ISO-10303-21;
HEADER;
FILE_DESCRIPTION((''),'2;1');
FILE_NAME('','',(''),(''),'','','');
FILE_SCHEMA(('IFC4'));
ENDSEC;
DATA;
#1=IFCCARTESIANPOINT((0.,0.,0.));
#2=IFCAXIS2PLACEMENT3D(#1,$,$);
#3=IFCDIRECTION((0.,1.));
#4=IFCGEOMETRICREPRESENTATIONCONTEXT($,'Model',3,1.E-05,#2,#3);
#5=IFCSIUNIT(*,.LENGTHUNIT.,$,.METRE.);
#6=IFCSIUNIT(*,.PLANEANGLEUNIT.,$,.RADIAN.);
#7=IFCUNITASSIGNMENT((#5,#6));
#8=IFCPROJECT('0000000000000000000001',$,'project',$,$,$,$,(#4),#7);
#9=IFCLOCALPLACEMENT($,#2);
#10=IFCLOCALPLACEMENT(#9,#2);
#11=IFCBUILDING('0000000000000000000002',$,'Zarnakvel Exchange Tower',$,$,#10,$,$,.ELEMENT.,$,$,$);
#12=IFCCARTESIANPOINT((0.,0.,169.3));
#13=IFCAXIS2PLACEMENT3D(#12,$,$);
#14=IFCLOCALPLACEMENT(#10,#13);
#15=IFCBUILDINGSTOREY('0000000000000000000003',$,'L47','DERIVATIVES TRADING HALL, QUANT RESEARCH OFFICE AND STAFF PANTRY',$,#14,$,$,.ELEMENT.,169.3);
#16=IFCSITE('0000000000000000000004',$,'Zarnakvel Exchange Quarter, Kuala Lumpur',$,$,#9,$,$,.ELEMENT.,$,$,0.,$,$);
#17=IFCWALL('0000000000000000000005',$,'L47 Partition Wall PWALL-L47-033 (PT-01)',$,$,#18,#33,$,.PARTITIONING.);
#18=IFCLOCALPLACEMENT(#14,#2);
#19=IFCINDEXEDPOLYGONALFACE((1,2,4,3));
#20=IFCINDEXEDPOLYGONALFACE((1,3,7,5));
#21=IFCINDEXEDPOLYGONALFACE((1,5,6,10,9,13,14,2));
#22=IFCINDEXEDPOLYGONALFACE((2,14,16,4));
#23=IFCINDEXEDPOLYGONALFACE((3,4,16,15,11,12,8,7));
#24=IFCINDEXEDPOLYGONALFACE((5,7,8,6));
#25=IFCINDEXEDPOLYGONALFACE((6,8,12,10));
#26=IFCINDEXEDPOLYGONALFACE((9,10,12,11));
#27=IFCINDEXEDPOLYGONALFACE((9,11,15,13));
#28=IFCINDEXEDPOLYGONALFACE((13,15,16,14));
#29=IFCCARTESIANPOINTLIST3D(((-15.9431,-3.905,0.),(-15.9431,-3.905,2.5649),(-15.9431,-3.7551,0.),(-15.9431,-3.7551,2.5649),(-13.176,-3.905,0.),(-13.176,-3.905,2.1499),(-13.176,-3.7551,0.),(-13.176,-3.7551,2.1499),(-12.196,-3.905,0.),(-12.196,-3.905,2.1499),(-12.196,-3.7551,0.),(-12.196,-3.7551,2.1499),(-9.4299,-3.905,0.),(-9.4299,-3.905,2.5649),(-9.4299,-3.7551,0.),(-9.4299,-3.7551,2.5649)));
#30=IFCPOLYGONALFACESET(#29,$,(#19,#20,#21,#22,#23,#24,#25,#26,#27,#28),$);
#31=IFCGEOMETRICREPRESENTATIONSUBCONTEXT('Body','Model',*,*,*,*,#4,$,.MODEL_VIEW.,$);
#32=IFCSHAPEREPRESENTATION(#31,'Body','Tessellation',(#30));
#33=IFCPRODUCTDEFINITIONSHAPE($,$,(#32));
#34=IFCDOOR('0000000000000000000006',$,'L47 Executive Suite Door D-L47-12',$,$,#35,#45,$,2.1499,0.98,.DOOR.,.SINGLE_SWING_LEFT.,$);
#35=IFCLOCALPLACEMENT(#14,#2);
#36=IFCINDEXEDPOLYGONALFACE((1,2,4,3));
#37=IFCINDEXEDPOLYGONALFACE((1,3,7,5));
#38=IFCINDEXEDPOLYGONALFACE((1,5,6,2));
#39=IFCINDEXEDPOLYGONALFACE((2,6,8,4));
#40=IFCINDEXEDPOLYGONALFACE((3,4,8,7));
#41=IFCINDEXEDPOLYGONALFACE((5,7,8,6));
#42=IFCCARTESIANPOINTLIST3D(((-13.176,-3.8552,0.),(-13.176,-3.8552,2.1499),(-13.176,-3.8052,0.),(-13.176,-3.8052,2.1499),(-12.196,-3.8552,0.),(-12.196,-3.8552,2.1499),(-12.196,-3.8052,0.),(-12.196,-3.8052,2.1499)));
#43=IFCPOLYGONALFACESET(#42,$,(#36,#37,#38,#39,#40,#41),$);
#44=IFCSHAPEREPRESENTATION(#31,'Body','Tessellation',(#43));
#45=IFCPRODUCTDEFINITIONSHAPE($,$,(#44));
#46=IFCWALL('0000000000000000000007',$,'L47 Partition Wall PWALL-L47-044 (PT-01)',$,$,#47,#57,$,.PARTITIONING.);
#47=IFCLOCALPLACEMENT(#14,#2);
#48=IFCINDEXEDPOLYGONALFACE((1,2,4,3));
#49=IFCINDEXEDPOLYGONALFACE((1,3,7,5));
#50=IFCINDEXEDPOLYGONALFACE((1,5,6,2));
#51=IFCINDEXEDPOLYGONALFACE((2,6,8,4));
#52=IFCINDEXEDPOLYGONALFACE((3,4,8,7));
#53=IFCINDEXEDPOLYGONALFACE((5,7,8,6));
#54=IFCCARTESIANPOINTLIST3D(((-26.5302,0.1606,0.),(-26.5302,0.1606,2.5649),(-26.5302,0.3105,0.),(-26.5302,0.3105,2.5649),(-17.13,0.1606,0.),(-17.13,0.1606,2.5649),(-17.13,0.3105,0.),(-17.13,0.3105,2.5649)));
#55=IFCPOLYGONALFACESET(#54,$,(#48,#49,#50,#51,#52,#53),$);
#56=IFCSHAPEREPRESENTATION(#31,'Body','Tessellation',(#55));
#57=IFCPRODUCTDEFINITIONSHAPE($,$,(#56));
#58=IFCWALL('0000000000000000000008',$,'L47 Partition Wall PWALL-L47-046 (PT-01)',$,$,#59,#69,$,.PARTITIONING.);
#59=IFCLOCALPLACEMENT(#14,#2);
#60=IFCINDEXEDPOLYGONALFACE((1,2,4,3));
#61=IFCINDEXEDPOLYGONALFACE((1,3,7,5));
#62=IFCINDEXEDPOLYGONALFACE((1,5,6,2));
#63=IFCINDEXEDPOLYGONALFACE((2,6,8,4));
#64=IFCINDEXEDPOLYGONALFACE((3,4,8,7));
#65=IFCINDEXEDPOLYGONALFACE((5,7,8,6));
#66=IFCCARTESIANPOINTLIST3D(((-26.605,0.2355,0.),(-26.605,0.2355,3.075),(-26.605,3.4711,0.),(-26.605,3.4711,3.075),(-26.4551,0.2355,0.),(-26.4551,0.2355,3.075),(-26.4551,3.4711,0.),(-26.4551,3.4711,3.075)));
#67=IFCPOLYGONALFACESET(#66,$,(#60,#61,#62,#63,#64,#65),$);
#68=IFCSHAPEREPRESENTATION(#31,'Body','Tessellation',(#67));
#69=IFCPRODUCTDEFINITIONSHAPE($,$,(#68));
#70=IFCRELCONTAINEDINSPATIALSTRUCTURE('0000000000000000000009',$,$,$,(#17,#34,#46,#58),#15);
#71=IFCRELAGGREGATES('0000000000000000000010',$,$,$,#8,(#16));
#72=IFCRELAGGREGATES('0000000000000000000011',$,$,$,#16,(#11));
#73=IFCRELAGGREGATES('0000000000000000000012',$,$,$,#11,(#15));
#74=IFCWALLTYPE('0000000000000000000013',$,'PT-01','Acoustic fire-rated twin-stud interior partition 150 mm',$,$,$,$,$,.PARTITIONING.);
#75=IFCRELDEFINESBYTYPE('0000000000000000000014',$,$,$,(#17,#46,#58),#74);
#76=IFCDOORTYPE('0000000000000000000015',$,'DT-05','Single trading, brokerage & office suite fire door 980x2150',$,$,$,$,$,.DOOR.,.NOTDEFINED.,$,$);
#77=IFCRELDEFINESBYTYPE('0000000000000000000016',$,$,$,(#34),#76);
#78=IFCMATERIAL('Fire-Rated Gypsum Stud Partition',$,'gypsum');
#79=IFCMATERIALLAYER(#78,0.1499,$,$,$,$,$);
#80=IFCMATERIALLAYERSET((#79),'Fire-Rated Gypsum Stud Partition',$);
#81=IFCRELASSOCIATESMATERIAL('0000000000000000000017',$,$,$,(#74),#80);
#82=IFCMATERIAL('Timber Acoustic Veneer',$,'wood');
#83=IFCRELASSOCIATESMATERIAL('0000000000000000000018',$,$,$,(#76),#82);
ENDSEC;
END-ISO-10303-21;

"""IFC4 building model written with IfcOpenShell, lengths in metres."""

from ifc_helpers import new_model, si_unit, direction, frame, frame_2d, origin, place, context, subcontext, project, spatial, rectangle, extrude, source, transform, mapped, material, layer, layer_set, type_object, element, fill, save


model = new_model("IFC4")

# Units and contexts
model_context = context("Model", 3, precision=1e-05, world=origin(), true_north=direction((0.0, 1.0)))
body_context = subcontext(model_context, "Body", "Model", "MODEL_VIEW")
ifc_project = project(units=[si_unit("LENGTHUNIT", "METRE"), si_unit("PLANEANGLEUNIT", "RADIAN")], contexts=[model_context])

# Site, building, storey
site_placement = place(None, origin())
site = spatial("IfcSite", under=ifc_project, at=site_placement, Name="Zarnakvel Exchange Quarter, Kuala Lumpur", CompositionType="ELEMENT", RefElevation=0.0)
building_placement = place(site_placement, origin())
building = spatial("IfcBuilding", under=site, at=building_placement, Name="Zarnakvel Exchange Tower", CompositionType="ELEMENT")
storey_placement = place(building_placement, frame((0.0, 0.0, 169.3)))
storey = spatial("IfcBuildingStorey", under=building, at=storey_placement, Name="L47", Description="DERIVATIVES TRADING HALL, QUANT RESEARCH OFFICE AND STAFF PANTRY", CompositionType="ELEMENT", Elevation=169.3)

# Shared definitions
ifc_material_1 = material(Name="Fire-Rated Gypsum Stud Partition", Category="gypsum")
ifc_layer_1 = layer(ifc_material_1, 0.1499)
ifc_layer_set_1 = layer_set([ifc_layer_1], Name="Fire-Rated Gypsum Stud Partition")
wall_type = type_object("IfcWallType", Name="PT-01", Description="Acoustic fire-rated twin-stud interior partition 150 mm", PredefinedType="PARTITIONING", material=ifc_layer_set_1)
ifc_material_2 = material(Name="Timber Acoustic Veneer", Category="wood")
door_type = type_object("IfcDoorType", Name="DT-05", Description="Single trading, brokerage & office suite fire door 980x2150", OperationType="NOTDEFINED", PredefinedType="DOOR", material=ifc_material_2)
shared_shape_1 = source(origin(), body_context, "Body", "SweptSolid", [
    extrude(rectangle(XDim=0.98, YDim=2.1499, at=frame_2d((0.49, 1.075))), frame((0.0, 0.0249, 0.0), z_axis=(0.0, -1.0, 0.0), x_axis=(1.0, 0.0, 0.0)), (0.0, 0.0, 1.0), 0.05),
])

# Wall, opening, door
wall_1_placement = place(storey_placement, frame((-15.9431, -3.8301, 0.0), z_axis=(0.0, 0.0, 1.0), x_axis=(1.0, 0.0, 0.0)))
wall_1 = element("IfcWall", 1, at=wall_1_placement, inside=storey, type_object=wall_type, Name="L47 Partition Wall PWALL-L47-033 (PT-01)", PredefinedType="PARTITIONING", context=body_context, shape_type="SweptSolid", body=[
    extrude(rectangle(XDim=6.5132, YDim=0.1499, at=frame_2d((3.2566, 0.0))), origin(), (0.0, 0.0, 1.0), 2.5649),
])
opening_1_placement = place(wall_1_placement, frame((2.7671, 0.0, 0.0)))
opening_1 = element("IfcOpeningElement", 2, at=opening_1_placement, cuts=wall_1, PredefinedType="OPENING", context=body_context, shape_type="SweptSolid", body=[
    extrude(rectangle(XDim=0.98, YDim=2.1499, at=frame_2d((0.49, 1.075))), frame((0.0, 0.085, 0.0), z_axis=(0.0, -1.0, 0.0), x_axis=(1.0, 0.0, 0.0)), (0.0, 0.0, 1.0), 0.1699),
])
door_1_placement = place(opening_1_placement, origin())
door_1 = element("IfcDoor", 3, at=door_1_placement, inside=storey, type_object=door_type, Name="L47 Executive Suite Door D-L47-12", OperationType="SINGLE_SWING_LEFT", OverallHeight=2.1499, OverallWidth=0.98, PredefinedType="DOOR", context=body_context, shape_type="MappedRepresentation", body=[
    mapped(shared_shape_1, transform((0.0, 0.0, 0.0), x_axis=(1.0, 0.0, 0.0), y_axis=(0.0, 1.0, 0.0), z_axis=(0.0, 0.0, 1.0), scale=1.0)),
])
fill(opening_1, door_1)

# Walls
wall_2_placement = place(storey_placement, frame((-17.1299, 0.2356, 0.0), z_axis=(0.0, 0.0, 1.0), x_axis=(-1.0, 0.0, 0.0)))
element("IfcWall", 4, at=wall_2_placement, inside=storey, type_object=wall_type, Name="L47 Partition Wall PWALL-L47-044 (PT-01)", PredefinedType="PARTITIONING", context=body_context, shape_type="SweptSolid", body=[
    extrude(rectangle(XDim=9.4001, YDim=0.1499, at=frame_2d((4.7002, 0.0))), origin(), (0.0, 0.0, 1.0), 2.5649),
])
wall_3_placement = place(storey_placement, frame((-26.53, 0.2356, 0.0), z_axis=(0.0, 0.0, 1.0), x_axis=(0.0, 1.0, 0.0)))
element("IfcWall", 5, at=wall_3_placement, inside=storey, type_object=wall_type, Name="L47 Partition Wall PWALL-L47-046 (PT-01)", PredefinedType="PARTITIONING", context=body_context, shape_type="SweptSolid", body=[
    extrude(rectangle(XDim=3.2356, YDim=0.1499, at=frame_2d((1.6177, 0.0))), origin(), (0.0, 0.0, 1.0), 3.075),
])

save(model, "model.ifc")
